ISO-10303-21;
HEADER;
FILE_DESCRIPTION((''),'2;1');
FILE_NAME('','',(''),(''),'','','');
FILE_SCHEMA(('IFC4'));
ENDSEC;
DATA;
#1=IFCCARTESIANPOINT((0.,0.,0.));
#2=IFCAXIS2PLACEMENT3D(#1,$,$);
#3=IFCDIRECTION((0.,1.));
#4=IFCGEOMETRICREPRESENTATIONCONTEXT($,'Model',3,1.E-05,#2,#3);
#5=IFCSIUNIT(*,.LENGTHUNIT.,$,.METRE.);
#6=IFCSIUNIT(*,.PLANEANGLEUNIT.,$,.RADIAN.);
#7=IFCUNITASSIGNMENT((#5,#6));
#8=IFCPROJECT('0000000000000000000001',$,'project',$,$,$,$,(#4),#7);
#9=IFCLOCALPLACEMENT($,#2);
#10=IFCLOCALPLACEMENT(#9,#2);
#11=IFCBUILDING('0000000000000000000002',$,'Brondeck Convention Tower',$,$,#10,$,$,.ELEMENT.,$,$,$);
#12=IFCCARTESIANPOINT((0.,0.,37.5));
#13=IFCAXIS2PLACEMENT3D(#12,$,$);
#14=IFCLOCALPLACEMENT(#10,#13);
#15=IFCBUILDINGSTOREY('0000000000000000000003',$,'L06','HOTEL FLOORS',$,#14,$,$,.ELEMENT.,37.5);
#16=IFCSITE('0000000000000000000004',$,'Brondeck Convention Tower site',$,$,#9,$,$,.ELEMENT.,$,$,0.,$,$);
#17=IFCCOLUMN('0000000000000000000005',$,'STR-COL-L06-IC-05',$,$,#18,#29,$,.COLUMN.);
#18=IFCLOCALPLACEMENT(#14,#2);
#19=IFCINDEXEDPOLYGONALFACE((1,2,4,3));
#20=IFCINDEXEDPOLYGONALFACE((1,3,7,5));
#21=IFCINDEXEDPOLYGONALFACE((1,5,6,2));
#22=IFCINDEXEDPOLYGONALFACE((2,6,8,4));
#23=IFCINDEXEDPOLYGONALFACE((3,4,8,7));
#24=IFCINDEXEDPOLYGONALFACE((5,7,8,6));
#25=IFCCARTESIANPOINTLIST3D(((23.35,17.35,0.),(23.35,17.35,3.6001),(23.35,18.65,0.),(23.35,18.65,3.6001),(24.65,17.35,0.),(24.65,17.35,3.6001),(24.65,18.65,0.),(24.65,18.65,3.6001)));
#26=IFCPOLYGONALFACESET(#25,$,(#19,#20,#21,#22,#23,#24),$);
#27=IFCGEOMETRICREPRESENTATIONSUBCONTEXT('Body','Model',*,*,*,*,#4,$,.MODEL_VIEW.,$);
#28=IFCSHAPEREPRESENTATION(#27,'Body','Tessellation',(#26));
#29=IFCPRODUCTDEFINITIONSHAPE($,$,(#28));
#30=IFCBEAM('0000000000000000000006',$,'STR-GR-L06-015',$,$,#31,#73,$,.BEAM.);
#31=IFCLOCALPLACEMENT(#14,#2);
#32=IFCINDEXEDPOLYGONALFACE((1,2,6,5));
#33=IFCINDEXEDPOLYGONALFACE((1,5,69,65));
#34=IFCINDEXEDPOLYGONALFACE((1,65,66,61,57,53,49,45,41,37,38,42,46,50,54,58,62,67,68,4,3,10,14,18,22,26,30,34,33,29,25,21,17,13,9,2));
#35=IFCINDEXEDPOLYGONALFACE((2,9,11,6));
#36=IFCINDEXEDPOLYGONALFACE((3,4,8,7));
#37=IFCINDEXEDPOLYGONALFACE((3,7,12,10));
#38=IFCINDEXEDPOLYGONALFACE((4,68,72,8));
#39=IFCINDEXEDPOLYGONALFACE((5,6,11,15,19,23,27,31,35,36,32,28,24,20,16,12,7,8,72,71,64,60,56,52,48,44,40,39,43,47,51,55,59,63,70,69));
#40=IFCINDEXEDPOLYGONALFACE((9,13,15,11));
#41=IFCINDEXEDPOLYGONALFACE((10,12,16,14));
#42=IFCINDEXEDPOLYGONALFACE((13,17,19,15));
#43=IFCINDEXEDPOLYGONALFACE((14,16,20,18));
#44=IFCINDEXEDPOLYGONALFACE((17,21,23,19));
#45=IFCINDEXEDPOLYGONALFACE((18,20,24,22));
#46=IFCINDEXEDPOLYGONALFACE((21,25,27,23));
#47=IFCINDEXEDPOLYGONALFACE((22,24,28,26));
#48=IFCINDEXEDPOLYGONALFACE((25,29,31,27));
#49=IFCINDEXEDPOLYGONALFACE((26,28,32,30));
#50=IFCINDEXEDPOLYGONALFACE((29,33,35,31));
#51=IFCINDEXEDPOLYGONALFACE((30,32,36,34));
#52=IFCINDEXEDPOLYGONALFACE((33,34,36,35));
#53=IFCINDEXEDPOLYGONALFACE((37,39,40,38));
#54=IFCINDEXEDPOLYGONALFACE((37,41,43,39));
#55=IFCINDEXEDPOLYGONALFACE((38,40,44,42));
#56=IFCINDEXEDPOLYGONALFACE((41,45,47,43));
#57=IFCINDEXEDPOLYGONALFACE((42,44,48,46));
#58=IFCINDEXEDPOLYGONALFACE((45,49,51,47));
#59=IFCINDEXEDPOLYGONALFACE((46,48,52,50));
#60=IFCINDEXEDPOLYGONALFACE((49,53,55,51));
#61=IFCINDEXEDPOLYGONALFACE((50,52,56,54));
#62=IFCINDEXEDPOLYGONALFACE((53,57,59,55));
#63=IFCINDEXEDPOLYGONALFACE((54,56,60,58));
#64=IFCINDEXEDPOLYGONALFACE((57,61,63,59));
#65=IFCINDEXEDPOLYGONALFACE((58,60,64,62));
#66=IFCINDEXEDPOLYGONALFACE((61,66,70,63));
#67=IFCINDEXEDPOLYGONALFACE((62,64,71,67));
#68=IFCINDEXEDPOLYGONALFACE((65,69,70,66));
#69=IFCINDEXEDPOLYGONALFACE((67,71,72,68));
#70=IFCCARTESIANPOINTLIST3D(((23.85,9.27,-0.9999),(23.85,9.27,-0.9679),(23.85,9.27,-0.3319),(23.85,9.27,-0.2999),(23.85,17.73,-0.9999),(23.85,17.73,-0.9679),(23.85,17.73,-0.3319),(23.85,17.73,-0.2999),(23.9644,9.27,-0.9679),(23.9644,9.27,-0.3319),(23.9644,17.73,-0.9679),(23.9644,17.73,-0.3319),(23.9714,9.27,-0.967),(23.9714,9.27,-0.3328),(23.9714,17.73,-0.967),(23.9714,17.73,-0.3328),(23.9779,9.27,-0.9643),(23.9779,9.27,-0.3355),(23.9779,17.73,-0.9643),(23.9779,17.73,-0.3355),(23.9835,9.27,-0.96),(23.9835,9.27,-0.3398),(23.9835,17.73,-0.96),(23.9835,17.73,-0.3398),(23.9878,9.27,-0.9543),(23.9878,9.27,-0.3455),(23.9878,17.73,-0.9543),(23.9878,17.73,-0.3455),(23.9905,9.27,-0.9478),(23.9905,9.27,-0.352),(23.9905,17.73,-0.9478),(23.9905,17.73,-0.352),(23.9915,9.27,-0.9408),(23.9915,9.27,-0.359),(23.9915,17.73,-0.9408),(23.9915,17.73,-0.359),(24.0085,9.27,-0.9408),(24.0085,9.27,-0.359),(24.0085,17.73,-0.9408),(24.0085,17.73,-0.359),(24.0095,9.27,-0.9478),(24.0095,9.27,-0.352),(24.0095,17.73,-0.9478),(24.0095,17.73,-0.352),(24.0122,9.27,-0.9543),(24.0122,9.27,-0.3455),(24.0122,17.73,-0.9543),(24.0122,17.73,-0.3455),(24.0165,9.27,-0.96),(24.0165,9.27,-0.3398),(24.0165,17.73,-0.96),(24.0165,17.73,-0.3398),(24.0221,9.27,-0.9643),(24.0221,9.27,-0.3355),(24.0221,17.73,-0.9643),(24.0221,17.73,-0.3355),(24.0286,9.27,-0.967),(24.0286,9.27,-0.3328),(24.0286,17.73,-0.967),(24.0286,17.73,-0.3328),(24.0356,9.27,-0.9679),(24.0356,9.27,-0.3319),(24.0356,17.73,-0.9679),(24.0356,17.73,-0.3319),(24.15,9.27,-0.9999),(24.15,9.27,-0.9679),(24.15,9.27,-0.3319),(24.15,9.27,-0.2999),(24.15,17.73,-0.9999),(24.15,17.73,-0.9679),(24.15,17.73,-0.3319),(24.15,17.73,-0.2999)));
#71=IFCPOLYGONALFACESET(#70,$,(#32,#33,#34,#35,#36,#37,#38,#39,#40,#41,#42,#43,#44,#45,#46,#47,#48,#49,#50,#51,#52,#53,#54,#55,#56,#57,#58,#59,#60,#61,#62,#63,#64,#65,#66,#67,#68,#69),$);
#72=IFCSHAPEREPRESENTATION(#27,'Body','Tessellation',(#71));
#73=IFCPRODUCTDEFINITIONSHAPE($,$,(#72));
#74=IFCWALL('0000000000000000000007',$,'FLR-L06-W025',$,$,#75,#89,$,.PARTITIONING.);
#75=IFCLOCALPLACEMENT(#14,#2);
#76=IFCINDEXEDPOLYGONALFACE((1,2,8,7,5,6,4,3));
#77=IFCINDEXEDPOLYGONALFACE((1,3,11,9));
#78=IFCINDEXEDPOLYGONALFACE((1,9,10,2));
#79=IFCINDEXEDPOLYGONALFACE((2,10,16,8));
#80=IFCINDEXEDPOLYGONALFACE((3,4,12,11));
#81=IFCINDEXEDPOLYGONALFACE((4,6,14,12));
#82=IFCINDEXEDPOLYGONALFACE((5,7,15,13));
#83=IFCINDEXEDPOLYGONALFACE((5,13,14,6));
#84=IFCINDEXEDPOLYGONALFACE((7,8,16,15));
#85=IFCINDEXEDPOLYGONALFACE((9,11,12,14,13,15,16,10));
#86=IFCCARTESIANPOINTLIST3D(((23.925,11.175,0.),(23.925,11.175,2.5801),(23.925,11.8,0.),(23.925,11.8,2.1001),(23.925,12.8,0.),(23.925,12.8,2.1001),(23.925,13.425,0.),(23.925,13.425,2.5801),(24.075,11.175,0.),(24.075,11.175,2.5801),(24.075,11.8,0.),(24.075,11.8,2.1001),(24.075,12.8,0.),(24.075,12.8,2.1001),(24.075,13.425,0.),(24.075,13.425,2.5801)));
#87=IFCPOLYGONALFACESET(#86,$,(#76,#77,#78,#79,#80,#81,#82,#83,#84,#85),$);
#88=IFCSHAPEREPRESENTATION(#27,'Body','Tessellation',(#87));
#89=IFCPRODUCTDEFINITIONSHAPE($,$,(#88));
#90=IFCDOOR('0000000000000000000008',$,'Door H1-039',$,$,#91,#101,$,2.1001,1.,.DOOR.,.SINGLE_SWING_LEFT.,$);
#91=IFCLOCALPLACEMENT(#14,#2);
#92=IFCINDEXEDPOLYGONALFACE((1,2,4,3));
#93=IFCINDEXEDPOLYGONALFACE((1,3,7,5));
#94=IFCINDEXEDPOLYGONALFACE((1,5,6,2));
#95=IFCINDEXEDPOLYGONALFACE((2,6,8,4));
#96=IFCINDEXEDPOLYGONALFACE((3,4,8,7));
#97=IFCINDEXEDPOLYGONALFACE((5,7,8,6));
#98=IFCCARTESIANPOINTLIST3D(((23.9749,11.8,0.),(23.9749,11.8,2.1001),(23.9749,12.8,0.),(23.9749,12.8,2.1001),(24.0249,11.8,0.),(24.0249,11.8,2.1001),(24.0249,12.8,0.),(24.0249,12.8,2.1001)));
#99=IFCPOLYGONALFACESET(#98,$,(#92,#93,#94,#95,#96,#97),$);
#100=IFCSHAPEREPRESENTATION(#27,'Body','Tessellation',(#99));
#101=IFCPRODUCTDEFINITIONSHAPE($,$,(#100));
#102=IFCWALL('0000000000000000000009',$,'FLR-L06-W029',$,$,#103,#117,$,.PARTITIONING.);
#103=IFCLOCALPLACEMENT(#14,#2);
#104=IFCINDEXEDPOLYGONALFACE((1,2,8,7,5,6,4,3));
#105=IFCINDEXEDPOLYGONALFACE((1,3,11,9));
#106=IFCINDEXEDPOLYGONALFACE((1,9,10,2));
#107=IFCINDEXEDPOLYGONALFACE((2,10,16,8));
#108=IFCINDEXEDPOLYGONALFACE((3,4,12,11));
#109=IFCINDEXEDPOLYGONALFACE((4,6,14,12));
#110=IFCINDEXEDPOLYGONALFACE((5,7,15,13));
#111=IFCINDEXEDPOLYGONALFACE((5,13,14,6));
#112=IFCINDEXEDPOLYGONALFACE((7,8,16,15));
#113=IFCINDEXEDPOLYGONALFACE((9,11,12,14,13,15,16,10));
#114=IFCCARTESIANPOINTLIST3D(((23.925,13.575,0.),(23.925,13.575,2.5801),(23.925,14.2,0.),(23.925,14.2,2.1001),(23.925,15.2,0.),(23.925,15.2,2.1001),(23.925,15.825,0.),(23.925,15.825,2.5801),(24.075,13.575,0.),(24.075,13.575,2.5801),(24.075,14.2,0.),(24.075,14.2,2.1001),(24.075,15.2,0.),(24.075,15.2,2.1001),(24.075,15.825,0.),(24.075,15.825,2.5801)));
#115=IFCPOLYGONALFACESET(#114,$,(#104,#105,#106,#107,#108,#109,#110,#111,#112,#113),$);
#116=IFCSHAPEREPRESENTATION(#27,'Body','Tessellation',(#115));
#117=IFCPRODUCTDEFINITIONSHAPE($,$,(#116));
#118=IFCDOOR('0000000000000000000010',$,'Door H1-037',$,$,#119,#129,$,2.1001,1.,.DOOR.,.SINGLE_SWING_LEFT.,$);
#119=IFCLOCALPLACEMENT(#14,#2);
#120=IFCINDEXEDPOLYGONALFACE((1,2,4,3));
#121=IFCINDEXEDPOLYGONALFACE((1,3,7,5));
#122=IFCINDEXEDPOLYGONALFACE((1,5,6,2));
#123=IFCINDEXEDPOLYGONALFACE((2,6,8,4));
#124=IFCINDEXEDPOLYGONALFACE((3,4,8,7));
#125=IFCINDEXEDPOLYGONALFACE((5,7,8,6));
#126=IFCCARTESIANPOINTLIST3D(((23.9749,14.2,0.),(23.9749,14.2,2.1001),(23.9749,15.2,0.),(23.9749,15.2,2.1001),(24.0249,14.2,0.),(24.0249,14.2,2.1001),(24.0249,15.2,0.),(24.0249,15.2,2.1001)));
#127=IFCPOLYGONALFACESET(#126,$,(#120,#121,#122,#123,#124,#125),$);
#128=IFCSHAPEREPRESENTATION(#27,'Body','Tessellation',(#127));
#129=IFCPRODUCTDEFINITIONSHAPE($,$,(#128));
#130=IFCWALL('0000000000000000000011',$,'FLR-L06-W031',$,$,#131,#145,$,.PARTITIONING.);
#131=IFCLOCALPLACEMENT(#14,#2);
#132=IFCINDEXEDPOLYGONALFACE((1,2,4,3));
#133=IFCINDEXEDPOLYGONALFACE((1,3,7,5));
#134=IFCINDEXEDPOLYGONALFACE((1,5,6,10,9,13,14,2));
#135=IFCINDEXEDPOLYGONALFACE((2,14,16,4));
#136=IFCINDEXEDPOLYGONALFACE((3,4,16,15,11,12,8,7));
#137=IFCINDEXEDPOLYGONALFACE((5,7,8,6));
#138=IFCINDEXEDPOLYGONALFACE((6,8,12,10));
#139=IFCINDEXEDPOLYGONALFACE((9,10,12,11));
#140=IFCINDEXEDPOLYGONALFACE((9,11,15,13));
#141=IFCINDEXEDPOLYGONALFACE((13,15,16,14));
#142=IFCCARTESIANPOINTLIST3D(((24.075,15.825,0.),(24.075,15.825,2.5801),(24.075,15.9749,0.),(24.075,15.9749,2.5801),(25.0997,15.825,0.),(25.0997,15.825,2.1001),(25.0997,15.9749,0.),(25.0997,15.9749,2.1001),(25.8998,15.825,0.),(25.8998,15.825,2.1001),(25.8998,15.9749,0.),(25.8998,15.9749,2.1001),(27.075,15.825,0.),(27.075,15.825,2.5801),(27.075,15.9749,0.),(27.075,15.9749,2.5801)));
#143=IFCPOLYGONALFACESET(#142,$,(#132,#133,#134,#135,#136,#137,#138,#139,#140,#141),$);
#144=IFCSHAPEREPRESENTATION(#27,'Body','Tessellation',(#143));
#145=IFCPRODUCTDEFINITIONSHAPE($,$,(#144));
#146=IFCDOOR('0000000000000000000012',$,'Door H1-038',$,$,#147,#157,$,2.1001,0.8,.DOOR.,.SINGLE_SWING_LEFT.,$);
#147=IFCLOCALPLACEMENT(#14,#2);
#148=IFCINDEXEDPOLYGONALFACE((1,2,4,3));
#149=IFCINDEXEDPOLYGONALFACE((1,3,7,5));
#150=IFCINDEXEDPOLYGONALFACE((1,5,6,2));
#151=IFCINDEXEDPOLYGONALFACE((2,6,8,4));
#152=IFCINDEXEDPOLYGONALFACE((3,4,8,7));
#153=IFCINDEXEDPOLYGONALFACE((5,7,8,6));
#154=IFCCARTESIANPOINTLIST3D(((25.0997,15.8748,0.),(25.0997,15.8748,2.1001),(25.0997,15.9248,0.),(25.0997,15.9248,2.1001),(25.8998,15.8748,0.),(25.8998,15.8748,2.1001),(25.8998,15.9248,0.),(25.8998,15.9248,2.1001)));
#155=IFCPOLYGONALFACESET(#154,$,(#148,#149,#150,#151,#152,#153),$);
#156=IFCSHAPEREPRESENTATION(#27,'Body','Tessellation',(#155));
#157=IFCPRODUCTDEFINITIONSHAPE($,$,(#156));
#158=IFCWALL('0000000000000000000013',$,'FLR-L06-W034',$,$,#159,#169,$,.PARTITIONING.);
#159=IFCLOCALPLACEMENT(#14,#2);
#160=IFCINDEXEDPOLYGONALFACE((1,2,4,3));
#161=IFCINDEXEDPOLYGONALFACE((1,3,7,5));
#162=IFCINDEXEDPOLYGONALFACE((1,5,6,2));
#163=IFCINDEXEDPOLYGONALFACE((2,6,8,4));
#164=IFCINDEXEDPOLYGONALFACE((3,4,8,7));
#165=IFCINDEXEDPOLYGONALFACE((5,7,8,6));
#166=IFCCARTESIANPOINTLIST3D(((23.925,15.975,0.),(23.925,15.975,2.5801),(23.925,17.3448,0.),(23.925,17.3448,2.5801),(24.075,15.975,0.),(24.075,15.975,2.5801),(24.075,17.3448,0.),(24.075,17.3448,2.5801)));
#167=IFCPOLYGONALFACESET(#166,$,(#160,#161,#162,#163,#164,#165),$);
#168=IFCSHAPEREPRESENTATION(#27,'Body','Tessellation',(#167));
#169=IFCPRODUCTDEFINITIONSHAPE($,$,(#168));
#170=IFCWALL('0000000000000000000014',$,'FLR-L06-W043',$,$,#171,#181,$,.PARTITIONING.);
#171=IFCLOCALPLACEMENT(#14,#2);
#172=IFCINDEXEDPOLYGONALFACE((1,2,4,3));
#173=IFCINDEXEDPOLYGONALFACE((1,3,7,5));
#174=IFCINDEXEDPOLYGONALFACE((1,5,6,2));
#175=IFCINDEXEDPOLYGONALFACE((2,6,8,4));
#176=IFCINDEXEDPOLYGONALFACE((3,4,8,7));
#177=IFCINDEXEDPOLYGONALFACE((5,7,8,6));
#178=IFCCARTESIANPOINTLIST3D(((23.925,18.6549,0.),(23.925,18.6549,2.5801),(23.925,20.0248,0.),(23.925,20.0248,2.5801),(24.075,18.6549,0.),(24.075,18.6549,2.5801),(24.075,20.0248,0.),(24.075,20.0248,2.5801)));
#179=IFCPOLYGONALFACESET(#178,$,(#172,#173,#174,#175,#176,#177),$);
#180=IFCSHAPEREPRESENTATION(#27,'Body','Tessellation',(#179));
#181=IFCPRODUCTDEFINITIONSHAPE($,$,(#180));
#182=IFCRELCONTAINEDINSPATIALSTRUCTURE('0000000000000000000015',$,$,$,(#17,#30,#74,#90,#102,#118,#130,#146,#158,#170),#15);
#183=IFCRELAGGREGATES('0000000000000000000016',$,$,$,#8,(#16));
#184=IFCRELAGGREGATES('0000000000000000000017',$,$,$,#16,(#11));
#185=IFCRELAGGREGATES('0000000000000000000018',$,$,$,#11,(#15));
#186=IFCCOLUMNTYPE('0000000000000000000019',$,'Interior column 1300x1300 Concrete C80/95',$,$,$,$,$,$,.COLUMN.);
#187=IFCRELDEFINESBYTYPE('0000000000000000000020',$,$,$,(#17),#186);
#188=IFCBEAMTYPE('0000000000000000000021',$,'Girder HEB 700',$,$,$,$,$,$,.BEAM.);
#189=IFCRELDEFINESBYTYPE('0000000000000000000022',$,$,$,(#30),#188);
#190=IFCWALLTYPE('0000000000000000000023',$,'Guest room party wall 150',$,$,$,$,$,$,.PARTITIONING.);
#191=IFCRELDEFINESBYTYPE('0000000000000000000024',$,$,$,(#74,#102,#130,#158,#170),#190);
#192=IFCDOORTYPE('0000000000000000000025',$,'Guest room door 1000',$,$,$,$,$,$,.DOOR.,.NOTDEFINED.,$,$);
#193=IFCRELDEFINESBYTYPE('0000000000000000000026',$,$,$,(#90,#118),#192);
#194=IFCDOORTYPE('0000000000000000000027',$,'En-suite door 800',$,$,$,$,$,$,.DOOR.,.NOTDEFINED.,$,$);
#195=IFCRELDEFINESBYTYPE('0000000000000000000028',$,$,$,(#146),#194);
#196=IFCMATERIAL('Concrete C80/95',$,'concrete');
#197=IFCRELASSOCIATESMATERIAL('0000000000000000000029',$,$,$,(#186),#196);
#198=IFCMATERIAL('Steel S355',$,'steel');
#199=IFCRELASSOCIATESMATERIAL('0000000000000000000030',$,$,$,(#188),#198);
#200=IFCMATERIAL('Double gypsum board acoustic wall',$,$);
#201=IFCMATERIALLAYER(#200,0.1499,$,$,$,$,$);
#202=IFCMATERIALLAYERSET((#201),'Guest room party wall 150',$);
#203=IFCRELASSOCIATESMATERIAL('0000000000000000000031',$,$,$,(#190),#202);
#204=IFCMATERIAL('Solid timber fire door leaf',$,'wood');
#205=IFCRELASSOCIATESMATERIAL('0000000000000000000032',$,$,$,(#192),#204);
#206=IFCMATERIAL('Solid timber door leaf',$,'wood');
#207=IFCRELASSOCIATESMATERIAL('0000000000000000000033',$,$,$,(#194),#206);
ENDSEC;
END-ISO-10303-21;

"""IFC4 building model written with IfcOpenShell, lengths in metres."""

from ifc_helpers import new_model, si_unit, direction, frame, frame_2d, origin, origin_2d, place, context, subcontext, project, spatial, rectangle, i_section, extrude, material, layer, layer_set, material_profile, profile_set, type_object, element, fill, save


model = new_model("IFC4")

# Units and contexts
model_context = context("Model", 3, precision=1e-05, world=origin(), true_north=direction((0.0, 1.0)))
body_context = subcontext(model_context, "Body", "Model", "MODEL_VIEW")
ifc_project = project(units=[si_unit("LENGTHUNIT", "METRE"), si_unit("PLANEANGLEUNIT", "RADIAN")], contexts=[model_context])

# Site, building, storey
site_placement = place(None, origin())
site = spatial("IfcSite", under=ifc_project, at=site_placement, Name="Brondeck Convention Tower site", CompositionType="ELEMENT", RefElevation=0.0)
building_placement = place(site_placement, origin())
building = spatial("IfcBuilding", under=site, at=building_placement, Name="Brondeck Convention Tower", CompositionType="ELEMENT")
storey_placement = place(building_placement, frame((0.0, 0.0, 37.5)))
storey = spatial("IfcBuildingStorey", under=building, at=storey_placement, Name="L06", Description="HOTEL FLOORS", CompositionType="ELEMENT", Elevation=37.5)

# Column
ifc_material_1 = material(Name="Concrete C80/95", Category="concrete")
ifc_material_profile_1 = material_profile(ifc_material_1, rectangle(XDim=1.3, YDim=1.3, at=origin_2d()), Name="Interior column 1300x1300 Concrete C80/95")
ifc_profile_set_1 = profile_set([ifc_material_profile_1], Name="Concrete C80/95")
column_type = type_object("IfcColumnType", Name="Interior column 1300x1300 Concrete C80/95", PredefinedType="COLUMN", material=ifc_profile_set_1)
column_placement = place(storey_placement, frame((24.0, 18.0, 0.0), z_axis=(0.0, 0.0, 1.0), x_axis=(1.0, 0.0, 0.0)))
element("IfcColumn", 1, at=column_placement, inside=storey, type_object=column_type, Name="STR-COL-L06-IC-05", PredefinedType="COLUMN", context=body_context, shape_type="SweptSolid", body=[
    extrude(rectangle(XDim=1.3, YDim=1.3, at=origin_2d()), origin(), (0.0, 0.0, 1.0), 3.6001),
])

# Beam
ifc_material_2 = material(Name="Steel S355", Category="steel")
ifc_material_profile_2 = material_profile(ifc_material_2, i_section(OverallWidth=0.3, OverallDepth=0.7, WebThickness=0.0171, FlangeThickness=0.032, FilletRadius=0.0271, at=origin_2d()), Name="HEB 700")
ifc_profile_set_2 = profile_set([ifc_material_profile_2], Name="Steel S355")
beam_type = type_object("IfcBeamType", Name="Girder HEB 700", PredefinedType="BEAM", material=ifc_profile_set_2)
beam_placement = place(storey_placement, frame((24.0, 17.73, -0.6499), z_axis=(0.0, -1.0, 0.0), x_axis=(1.0, 0.0, 0.0)))
element("IfcBeam", 2, at=beam_placement, inside=storey, type_object=beam_type, Name="STR-GR-L06-015", PredefinedType="BEAM", context=body_context, shape_type="SweptSolid", body=[
    extrude(i_section(OverallWidth=0.3, OverallDepth=0.7, WebThickness=0.0171, FlangeThickness=0.032, FilletRadius=0.0271, at=origin_2d()), origin(), (0.0, 0.0, 1.0), 8.46),
])

# Walls, openings, doors
ifc_material_3 = material(Name="Double gypsum board acoustic wall")
ifc_layer_1 = layer(ifc_material_3, 0.1499)
ifc_layer_set_1 = layer_set([ifc_layer_1], Name="Guest room party wall 150")
wall_type_1 = type_object("IfcWallType", Name="Guest room party wall 150", PredefinedType="PARTITIONING", material=ifc_layer_set_1)
wall_1_placement = place(storey_placement, frame((24.0, 13.425, 0.0), z_axis=(0.0, 0.0, 1.0), x_axis=(0.0, -1.0, 0.0)))
wall_1 = element("IfcWall", 3, at=wall_1_placement, inside=storey, type_object=wall_type_1, Name="FLR-L06-W025", PredefinedType="PARTITIONING", context=body_context, shape_type="SweptSolid", body=[
    extrude(rectangle(XDim=2.25, YDim=0.1499, at=frame_2d((1.125, 0.0))), origin(), (0.0, 0.0, 1.0), 2.5801),
])
opening_1_placement = place(wall_1_placement, frame((0.625, 0.0, 0.0)))
opening_1 = element("IfcOpeningElement", 4, at=opening_1_placement, cuts=wall_1, PredefinedType="OPENING", context=body_context, shape_type="SweptSolid", body=[
    extrude(rectangle(XDim=1.0, YDim=2.1001, at=frame_2d((0.5, 1.05))), frame((0.0, 0.085, 0.0), z_axis=(0.0, -1.0, 0.0), x_axis=(1.0, 0.0, 0.0)), (0.0, 0.0, 1.0), 0.1699),
])
ifc_material_4 = material(Name="Solid timber fire door leaf", Category="wood")
door_type_1 = type_object("IfcDoorType", Name="Guest room door 1000", OperationType="NOTDEFINED", PredefinedType="DOOR", material=ifc_material_4)
door_1_placement = place(opening_1_placement, origin())
door_1 = element("IfcDoor", 5, at=door_1_placement, inside=storey, type_object=door_type_1, Name="Door H1-039", OperationType="SINGLE_SWING_LEFT", OverallHeight=2.1001, OverallWidth=1.0, PredefinedType="DOOR", context=body_context, shape_type="SweptSolid", body=[
    extrude(rectangle(XDim=1.0, YDim=2.1001, at=frame_2d((0.5, 1.05))), frame((0.0, 0.0249, 0.0), z_axis=(0.0, -1.0, 0.0), x_axis=(1.0, 0.0, 0.0)), (0.0, 0.0, 1.0), 0.05),
])
fill(opening_1, door_1)
wall_2_placement = place(storey_placement, frame((24.0, 15.825, 0.0), z_axis=(0.0, 0.0, 1.0), x_axis=(0.0, -1.0, 0.0)))
wall_2 = element("IfcWall", 6, at=wall_2_placement, inside=storey, type_object=wall_type_1, Name="FLR-L06-W029", PredefinedType="PARTITIONING", context=body_context, shape_type="SweptSolid", body=[
    extrude(rectangle(XDim=2.25, YDim=0.1499, at=frame_2d((1.125, 0.0))), origin(), (0.0, 0.0, 1.0), 2.5801),
])
opening_2_placement = place(wall_2_placement, frame((0.625, 0.0, 0.0)))
opening_2 = element("IfcOpeningElement", 7, at=opening_2_placement, cuts=wall_2, PredefinedType="OPENING", context=body_context, shape_type="SweptSolid", body=[
    extrude(rectangle(XDim=1.0, YDim=2.1001, at=frame_2d((0.5, 1.05))), frame((0.0, 0.085, 0.0), z_axis=(0.0, -1.0, 0.0), x_axis=(1.0, 0.0, 0.0)), (0.0, 0.0, 1.0), 0.1699),
])
door_2_placement = place(opening_2_placement, origin())
door_2 = element("IfcDoor", 8, at=door_2_placement, inside=storey, type_object=door_type_1, Name="Door H1-037", OperationType="SINGLE_SWING_LEFT", OverallHeight=2.1001, OverallWidth=1.0, PredefinedType="DOOR", context=body_context, shape_type="SweptSolid", body=[
    extrude(rectangle(XDim=1.0, YDim=2.1001, at=frame_2d((0.5, 1.05))), frame((0.0, 0.0249, 0.0), z_axis=(0.0, -1.0, 0.0), x_axis=(1.0, 0.0, 0.0)), (0.0, 0.0, 1.0), 0.05),
])
fill(opening_2, door_2)
wall_3_placement = place(storey_placement, frame((24.075, 15.8999, 0.0), z_axis=(0.0, 0.0, 1.0), x_axis=(1.0, 0.0, 0.0)))
wall_3 = element("IfcWall", 9, at=wall_3_placement, inside=storey, type_object=wall_type_1, Name="FLR-L06-W031", PredefinedType="PARTITIONING", context=body_context, shape_type="SweptSolid", body=[
    extrude(rectangle(XDim=3.0, YDim=0.1499, at=frame_2d((1.5, 0.0))), origin(), (0.0, 0.0, 1.0), 2.5801),
])
opening_3_placement = place(wall_3_placement, frame((1.0249, 0.0, 0.0)))
opening_3 = element("IfcOpeningElement", 10, at=opening_3_placement, cuts=wall_3, PredefinedType="OPENING", context=body_context, shape_type="SweptSolid", body=[
    extrude(rectangle(XDim=0.8, YDim=2.1001, at=frame_2d((0.3999, 1.05))), frame((0.0, 0.085, 0.0), z_axis=(0.0, -1.0, 0.0), x_axis=(1.0, 0.0, 0.0)), (0.0, 0.0, 1.0), 0.1699),
])
ifc_material_5 = material(Name="Solid timber door leaf", Category="wood")
door_type_2 = type_object("IfcDoorType", Name="En-suite door 800", OperationType="NOTDEFINED", PredefinedType="DOOR", material=ifc_material_5)
door_3_placement = place(opening_3_placement, origin())
door_3 = element("IfcDoor", 11, at=door_3_placement, inside=storey, type_object=door_type_2, Name="Door H1-038", OperationType="SINGLE_SWING_LEFT", OverallHeight=2.1001, OverallWidth=0.8, PredefinedType="DOOR", context=body_context, shape_type="SweptSolid", body=[
    extrude(rectangle(XDim=0.8, YDim=2.1001, at=frame_2d((0.3999, 1.05))), frame((0.0, 0.0249, 0.0), z_axis=(0.0, -1.0, 0.0), x_axis=(1.0, 0.0, 0.0)), (0.0, 0.0, 1.0), 0.05),
])
fill(opening_3, door_3)

# Walls
for number, where, z_axis, x_axis, name in (
    (12, (24.0, 17.345, 0.0), (0.0, 0.0, 1.0), (0.0, -1.0, 0.0), "FLR-L06-W034"),
    (13, (24.0, 20.0249, 0.0), (0.0, 0.0, 1.0), (0.0, -1.0, 0.0), "FLR-L06-W043"),
):
    element("IfcWall", number, at=place(storey_placement, frame(where, z_axis=z_axis, x_axis=x_axis)), inside=storey, type_object=wall_type_1, Name=name, PredefinedType="PARTITIONING", context=body_context, shape_type="SweptSolid", body=[
        extrude(rectangle(XDim=1.3699, YDim=0.1499, at=frame_2d((0.6851, 0.0))), origin(), (0.0, 0.0, 1.0), 2.5801),
    ])

save(model, "model.ifc")
